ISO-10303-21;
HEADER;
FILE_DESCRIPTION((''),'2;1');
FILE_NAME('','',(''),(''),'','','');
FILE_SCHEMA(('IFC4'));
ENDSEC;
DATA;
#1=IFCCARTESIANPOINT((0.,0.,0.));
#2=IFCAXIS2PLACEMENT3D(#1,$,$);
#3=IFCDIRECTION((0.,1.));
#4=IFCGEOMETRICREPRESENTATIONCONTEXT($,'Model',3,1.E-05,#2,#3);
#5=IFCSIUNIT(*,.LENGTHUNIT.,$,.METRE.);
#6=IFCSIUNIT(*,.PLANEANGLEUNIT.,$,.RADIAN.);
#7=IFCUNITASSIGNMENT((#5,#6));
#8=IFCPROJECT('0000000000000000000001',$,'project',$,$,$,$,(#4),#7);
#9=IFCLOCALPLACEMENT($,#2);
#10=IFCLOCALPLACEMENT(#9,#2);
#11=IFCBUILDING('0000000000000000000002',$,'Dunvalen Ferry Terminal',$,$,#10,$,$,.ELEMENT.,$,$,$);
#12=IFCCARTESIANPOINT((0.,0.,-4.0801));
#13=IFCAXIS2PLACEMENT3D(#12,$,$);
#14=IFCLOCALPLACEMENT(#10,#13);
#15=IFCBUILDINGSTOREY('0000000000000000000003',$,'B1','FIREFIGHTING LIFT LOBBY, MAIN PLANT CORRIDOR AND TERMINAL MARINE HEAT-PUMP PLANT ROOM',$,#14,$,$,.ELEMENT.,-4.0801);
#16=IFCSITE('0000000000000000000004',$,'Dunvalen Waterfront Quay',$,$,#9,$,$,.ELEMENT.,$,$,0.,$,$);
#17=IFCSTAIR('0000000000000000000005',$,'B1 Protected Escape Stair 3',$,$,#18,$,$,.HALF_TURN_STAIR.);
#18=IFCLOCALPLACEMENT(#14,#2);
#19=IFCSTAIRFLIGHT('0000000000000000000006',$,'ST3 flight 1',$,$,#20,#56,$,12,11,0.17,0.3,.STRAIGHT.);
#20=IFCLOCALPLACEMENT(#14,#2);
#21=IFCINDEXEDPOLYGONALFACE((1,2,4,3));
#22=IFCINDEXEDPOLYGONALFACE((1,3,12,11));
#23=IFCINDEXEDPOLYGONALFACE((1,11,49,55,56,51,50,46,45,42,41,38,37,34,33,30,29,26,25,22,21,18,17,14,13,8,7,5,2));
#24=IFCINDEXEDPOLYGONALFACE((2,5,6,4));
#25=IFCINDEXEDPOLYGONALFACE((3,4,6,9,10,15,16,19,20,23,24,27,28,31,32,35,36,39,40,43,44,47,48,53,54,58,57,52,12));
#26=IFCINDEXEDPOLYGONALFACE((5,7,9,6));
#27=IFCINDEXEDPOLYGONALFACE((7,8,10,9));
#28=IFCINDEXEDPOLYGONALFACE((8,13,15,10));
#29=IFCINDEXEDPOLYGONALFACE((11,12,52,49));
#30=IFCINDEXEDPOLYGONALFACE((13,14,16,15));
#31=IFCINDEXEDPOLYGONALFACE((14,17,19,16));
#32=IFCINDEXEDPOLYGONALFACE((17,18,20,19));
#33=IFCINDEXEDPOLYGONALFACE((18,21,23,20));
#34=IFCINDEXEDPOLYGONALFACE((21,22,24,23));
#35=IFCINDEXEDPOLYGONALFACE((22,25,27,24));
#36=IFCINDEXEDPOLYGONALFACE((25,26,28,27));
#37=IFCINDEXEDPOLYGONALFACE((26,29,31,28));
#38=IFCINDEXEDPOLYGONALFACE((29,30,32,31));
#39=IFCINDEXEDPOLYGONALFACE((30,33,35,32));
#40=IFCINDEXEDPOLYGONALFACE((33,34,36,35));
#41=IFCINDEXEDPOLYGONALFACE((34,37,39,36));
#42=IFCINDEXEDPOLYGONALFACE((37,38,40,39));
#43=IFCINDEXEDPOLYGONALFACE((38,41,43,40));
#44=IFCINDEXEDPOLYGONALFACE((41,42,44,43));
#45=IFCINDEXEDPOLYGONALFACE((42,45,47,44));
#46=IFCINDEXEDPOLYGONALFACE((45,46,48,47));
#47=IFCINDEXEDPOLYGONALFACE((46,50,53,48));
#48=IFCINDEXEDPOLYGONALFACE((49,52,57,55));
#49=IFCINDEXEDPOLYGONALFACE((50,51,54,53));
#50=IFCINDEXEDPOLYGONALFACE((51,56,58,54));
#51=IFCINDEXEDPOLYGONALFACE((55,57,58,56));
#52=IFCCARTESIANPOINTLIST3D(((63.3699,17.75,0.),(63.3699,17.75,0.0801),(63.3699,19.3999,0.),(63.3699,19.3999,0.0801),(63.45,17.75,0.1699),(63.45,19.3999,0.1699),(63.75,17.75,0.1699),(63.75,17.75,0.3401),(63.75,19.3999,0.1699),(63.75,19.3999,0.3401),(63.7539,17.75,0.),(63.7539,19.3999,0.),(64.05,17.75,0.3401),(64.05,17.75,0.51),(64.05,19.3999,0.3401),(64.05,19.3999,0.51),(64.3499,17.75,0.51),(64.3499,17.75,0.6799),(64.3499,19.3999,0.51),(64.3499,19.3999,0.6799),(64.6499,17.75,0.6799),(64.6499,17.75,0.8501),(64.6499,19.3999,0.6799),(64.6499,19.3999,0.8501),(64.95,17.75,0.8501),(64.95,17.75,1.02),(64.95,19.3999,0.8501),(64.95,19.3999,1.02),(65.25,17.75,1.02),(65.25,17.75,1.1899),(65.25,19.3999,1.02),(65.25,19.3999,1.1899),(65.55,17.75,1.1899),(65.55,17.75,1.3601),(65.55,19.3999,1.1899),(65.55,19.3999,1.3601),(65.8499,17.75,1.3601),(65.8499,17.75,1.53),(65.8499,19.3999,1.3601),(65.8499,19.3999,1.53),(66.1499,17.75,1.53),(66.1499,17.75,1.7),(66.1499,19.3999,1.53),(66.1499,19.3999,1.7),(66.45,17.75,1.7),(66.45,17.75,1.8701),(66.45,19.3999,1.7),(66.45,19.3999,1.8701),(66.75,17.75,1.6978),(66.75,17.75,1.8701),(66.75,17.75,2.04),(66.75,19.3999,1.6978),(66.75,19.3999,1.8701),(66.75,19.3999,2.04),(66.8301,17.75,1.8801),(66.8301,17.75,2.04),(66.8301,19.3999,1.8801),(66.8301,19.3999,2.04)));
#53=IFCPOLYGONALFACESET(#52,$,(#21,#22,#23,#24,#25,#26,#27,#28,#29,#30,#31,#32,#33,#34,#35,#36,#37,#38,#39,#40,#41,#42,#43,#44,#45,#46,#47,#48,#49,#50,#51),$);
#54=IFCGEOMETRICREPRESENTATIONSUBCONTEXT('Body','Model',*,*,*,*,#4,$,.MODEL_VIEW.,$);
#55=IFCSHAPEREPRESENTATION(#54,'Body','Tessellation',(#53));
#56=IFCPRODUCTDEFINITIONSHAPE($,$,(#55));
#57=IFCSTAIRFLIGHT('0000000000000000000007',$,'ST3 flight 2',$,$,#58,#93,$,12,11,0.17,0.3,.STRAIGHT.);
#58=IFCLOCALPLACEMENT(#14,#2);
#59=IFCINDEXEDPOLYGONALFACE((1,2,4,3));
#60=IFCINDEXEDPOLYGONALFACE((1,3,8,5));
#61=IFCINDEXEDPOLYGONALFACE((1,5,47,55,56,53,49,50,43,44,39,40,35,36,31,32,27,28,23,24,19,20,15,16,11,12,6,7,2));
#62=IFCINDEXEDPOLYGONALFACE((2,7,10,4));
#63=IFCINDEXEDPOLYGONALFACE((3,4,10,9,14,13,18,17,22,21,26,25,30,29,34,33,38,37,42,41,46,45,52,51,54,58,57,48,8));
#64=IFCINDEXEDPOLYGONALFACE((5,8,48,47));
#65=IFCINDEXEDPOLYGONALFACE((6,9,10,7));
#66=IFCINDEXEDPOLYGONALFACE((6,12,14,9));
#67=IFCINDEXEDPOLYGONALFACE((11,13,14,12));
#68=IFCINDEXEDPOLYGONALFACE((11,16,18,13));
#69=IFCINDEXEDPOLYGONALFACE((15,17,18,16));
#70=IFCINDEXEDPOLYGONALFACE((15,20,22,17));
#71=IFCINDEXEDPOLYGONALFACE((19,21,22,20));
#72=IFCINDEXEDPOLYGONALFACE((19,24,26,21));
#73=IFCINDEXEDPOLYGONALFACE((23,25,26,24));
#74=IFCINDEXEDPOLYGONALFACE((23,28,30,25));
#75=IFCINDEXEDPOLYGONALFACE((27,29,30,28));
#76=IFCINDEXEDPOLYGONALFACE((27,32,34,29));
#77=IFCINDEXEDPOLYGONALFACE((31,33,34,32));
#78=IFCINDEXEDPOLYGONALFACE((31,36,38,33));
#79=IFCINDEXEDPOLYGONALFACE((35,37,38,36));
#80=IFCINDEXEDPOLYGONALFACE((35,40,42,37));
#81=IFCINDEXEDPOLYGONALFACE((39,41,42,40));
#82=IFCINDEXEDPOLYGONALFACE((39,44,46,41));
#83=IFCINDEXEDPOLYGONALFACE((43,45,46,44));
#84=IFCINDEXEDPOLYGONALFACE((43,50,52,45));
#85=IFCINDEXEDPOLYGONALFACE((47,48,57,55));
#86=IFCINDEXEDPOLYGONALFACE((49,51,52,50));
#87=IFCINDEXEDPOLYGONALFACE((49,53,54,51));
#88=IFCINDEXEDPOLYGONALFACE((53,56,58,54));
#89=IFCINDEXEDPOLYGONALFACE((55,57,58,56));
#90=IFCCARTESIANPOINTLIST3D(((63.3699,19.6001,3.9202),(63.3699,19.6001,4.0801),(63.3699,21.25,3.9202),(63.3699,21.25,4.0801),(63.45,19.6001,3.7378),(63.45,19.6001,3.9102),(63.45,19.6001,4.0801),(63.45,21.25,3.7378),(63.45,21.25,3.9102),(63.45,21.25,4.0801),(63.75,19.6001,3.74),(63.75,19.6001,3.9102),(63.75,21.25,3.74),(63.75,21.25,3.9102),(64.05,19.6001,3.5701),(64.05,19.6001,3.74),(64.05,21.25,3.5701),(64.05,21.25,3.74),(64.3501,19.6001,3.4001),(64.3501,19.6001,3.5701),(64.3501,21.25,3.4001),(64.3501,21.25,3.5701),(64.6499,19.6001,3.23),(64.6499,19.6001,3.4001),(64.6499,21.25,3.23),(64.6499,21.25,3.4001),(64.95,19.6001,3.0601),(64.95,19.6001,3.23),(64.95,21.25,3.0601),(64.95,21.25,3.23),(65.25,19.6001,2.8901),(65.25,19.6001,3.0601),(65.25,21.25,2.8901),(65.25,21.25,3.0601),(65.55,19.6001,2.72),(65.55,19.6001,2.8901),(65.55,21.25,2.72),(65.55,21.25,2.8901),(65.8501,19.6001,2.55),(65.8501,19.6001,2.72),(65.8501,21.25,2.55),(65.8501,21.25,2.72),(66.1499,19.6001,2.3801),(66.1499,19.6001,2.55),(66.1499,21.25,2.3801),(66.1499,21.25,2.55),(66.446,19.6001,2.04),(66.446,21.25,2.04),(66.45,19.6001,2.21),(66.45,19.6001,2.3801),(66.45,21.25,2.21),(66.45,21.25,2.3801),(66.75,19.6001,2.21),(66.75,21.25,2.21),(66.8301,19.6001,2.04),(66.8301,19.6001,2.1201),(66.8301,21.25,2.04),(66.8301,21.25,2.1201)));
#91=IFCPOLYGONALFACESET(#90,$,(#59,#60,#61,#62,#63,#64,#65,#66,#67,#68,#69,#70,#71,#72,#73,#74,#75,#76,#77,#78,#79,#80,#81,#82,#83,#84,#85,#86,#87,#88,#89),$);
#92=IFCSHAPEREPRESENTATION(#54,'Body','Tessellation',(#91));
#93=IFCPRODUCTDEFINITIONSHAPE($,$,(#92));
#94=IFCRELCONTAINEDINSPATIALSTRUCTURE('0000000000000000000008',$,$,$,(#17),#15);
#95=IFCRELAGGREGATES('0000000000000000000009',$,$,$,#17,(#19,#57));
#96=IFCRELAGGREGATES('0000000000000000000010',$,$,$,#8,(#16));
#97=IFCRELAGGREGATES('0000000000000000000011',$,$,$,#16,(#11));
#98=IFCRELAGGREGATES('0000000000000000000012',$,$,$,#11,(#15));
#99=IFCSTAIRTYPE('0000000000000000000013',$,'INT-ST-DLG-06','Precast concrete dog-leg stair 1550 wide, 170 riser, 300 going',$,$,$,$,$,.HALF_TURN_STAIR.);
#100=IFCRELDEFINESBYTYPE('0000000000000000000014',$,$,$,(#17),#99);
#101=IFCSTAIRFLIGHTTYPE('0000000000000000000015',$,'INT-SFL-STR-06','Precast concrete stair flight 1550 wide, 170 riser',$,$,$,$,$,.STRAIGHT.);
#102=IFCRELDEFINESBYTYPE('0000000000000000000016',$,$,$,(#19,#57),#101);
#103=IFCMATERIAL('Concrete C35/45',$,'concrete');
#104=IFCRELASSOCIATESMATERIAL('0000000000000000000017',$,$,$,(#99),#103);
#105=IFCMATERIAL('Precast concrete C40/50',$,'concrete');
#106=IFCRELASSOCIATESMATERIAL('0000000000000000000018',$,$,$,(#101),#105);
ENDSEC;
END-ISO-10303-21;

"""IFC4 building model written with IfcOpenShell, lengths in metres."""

from ifc_helpers import new_model, si_unit, direction, frame, origin, place, context, subcontext, project, spatial, polyline, outline, extrude, material, type_object, element, aggregate, save


model = new_model("IFC4")

# Units and contexts
model_context = context("Model", 3, precision=1e-05, world=origin(), true_north=direction((0.0, 1.0)))
body_context = subcontext(model_context, "Body", "Model", "MODEL_VIEW")
ifc_project = project(units=[si_unit("LENGTHUNIT", "METRE"), si_unit("PLANEANGLEUNIT", "RADIAN")], contexts=[model_context])

# Site, building, storey
site_placement = place(None, origin())
site = spatial("IfcSite", under=ifc_project, at=site_placement, Name="Dunvalen Waterfront Quay", CompositionType="ELEMENT", RefElevation=0.0)
building_placement = place(site_placement, origin())
building = spatial("IfcBuilding", under=site, at=building_placement, Name="Dunvalen Ferry Terminal", CompositionType="ELEMENT")
storey_placement = place(building_placement, frame((0.0, 0.0, -4.0801)))
storey = spatial("IfcBuildingStorey", under=building, at=storey_placement, Name="B1", Description="FIREFIGHTING LIFT LOBBY, MAIN PLANT CORRIDOR AND TERMINAL MARINE HEAT-PUMP PLANT ROOM", CompositionType="ELEMENT", Elevation=-4.0801)

# Stair, stair flights
ifc_material_1 = material(Name="Concrete C35/45", Category="concrete")
stair_type = type_object("IfcStairType", Name="INT-ST-DLG-06", Description="Precast concrete dog-leg stair 1550 wide, 170 riser, 300 going", PredefinedType="HALF_TURN_STAIR", material=ifc_material_1)
stair_placement = place(storey_placement, origin())
stair = element("IfcStair", 1, at=stair_placement, inside=storey, type_object=stair_type, Name="B1 Protected Escape Stair 3", PredefinedType="HALF_TURN_STAIR")
ifc_material_2 = material(Name="Precast concrete C40/50", Category="concrete")
stair_flight_type = type_object("IfcStairFlightType", Name="INT-SFL-STR-06", Description="Precast concrete stair flight 1550 wide, 170 riser", PredefinedType="STRAIGHT", material=ifc_material_2)
stair_flight_1_placement = place(storey_placement, frame((63.45, 18.575, 0.0), z_axis=(0.0, 0.0, 1.0), x_axis=(1.0, 0.0, 0.0)))
stair_flight_1 = element("IfcStairFlight", 2, at=stair_flight_1_placement, type_object=stair_flight_type, Name="ST3 flight 1", NumberOfRisers=12, NumberOfTreads=11, PredefinedType="STRAIGHT", RiserHeight=0.17, TreadLength=0.3, context=body_context, shape_type="SweptSolid", body=[
    extrude(outline(polyline([(-0.0801, 0.0), (-0.0801, 0.0801), (0.0, 0.1699), (0.3, 0.1699), (0.3, 0.3401), (0.6001, 0.3401), (0.6001, 0.51), (0.8999, 0.51), (0.8999, 0.6799), (1.2, 0.6799), (1.2, 0.8501), (1.5, 0.8501), (1.5, 1.02), (1.8, 1.02), (1.8, 1.1899), (2.1001, 1.1899), (2.1001, 1.3601), (2.3999, 1.3601), (2.3999, 1.53), (2.7, 1.53), (2.7, 1.7), (3.0, 1.7), (3.0, 1.8701), (3.3, 1.8701), (3.3, 2.04), (3.3801, 2.04), (3.3801, 1.8801), (3.3, 1.6978), (0.304, 0.0), (-0.0801, 0.0)])), frame((0.0, 0.825, 0.0), z_axis=(0.0, -1.0, 0.0), x_axis=(1.0, 0.0, 0.0)), (0.0, 0.0, 1.0), 1.6499),
])
stair_flight_2_placement = place(storey_placement, frame((66.75, 20.425, 2.04), z_axis=(0.0, 0.0, 1.0), x_axis=(-1.0, 0.0, 0.0)))
stair_flight_2 = element("IfcStairFlight", 3, at=stair_flight_2_placement, type_object=stair_flight_type, Name="ST3 flight 2", NumberOfRisers=12, NumberOfTreads=11, PredefinedType="STRAIGHT", RiserHeight=0.17, TreadLength=0.3, context=body_context, shape_type="SweptSolid", body=[
    extrude(outline(polyline([(-0.0801, 0.0), (-0.0801, 0.0801), (0.0, 0.1699), (0.3, 0.1699), (0.3, 0.3401), (0.6001, 0.3401), (0.6001, 0.51), (0.8999, 0.51), (0.8999, 0.6799), (1.2, 0.6799), (1.2, 0.8501), (1.5, 0.8501), (1.5, 1.02), (1.8, 1.02), (1.8, 1.1899), (2.1001, 1.1899), (2.1001, 1.3601), (2.3999, 1.3601), (2.3999, 1.53), (2.7, 1.53), (2.7, 1.7), (3.0, 1.7), (3.0, 1.8701), (3.3, 1.8701), (3.3, 2.04), (3.3801, 2.04), (3.3801, 1.8801), (3.3, 1.6978), (0.304, 0.0), (-0.0801, 0.0)])), frame((0.0, 0.825, 0.0), z_axis=(0.0, -1.0, 0.0), x_axis=(1.0, 0.0, 0.0)), (0.0, 0.0, 1.0), 1.6499),
])
aggregate(stair, [stair_flight_1, stair_flight_2])

save(model, "model.ifc")
